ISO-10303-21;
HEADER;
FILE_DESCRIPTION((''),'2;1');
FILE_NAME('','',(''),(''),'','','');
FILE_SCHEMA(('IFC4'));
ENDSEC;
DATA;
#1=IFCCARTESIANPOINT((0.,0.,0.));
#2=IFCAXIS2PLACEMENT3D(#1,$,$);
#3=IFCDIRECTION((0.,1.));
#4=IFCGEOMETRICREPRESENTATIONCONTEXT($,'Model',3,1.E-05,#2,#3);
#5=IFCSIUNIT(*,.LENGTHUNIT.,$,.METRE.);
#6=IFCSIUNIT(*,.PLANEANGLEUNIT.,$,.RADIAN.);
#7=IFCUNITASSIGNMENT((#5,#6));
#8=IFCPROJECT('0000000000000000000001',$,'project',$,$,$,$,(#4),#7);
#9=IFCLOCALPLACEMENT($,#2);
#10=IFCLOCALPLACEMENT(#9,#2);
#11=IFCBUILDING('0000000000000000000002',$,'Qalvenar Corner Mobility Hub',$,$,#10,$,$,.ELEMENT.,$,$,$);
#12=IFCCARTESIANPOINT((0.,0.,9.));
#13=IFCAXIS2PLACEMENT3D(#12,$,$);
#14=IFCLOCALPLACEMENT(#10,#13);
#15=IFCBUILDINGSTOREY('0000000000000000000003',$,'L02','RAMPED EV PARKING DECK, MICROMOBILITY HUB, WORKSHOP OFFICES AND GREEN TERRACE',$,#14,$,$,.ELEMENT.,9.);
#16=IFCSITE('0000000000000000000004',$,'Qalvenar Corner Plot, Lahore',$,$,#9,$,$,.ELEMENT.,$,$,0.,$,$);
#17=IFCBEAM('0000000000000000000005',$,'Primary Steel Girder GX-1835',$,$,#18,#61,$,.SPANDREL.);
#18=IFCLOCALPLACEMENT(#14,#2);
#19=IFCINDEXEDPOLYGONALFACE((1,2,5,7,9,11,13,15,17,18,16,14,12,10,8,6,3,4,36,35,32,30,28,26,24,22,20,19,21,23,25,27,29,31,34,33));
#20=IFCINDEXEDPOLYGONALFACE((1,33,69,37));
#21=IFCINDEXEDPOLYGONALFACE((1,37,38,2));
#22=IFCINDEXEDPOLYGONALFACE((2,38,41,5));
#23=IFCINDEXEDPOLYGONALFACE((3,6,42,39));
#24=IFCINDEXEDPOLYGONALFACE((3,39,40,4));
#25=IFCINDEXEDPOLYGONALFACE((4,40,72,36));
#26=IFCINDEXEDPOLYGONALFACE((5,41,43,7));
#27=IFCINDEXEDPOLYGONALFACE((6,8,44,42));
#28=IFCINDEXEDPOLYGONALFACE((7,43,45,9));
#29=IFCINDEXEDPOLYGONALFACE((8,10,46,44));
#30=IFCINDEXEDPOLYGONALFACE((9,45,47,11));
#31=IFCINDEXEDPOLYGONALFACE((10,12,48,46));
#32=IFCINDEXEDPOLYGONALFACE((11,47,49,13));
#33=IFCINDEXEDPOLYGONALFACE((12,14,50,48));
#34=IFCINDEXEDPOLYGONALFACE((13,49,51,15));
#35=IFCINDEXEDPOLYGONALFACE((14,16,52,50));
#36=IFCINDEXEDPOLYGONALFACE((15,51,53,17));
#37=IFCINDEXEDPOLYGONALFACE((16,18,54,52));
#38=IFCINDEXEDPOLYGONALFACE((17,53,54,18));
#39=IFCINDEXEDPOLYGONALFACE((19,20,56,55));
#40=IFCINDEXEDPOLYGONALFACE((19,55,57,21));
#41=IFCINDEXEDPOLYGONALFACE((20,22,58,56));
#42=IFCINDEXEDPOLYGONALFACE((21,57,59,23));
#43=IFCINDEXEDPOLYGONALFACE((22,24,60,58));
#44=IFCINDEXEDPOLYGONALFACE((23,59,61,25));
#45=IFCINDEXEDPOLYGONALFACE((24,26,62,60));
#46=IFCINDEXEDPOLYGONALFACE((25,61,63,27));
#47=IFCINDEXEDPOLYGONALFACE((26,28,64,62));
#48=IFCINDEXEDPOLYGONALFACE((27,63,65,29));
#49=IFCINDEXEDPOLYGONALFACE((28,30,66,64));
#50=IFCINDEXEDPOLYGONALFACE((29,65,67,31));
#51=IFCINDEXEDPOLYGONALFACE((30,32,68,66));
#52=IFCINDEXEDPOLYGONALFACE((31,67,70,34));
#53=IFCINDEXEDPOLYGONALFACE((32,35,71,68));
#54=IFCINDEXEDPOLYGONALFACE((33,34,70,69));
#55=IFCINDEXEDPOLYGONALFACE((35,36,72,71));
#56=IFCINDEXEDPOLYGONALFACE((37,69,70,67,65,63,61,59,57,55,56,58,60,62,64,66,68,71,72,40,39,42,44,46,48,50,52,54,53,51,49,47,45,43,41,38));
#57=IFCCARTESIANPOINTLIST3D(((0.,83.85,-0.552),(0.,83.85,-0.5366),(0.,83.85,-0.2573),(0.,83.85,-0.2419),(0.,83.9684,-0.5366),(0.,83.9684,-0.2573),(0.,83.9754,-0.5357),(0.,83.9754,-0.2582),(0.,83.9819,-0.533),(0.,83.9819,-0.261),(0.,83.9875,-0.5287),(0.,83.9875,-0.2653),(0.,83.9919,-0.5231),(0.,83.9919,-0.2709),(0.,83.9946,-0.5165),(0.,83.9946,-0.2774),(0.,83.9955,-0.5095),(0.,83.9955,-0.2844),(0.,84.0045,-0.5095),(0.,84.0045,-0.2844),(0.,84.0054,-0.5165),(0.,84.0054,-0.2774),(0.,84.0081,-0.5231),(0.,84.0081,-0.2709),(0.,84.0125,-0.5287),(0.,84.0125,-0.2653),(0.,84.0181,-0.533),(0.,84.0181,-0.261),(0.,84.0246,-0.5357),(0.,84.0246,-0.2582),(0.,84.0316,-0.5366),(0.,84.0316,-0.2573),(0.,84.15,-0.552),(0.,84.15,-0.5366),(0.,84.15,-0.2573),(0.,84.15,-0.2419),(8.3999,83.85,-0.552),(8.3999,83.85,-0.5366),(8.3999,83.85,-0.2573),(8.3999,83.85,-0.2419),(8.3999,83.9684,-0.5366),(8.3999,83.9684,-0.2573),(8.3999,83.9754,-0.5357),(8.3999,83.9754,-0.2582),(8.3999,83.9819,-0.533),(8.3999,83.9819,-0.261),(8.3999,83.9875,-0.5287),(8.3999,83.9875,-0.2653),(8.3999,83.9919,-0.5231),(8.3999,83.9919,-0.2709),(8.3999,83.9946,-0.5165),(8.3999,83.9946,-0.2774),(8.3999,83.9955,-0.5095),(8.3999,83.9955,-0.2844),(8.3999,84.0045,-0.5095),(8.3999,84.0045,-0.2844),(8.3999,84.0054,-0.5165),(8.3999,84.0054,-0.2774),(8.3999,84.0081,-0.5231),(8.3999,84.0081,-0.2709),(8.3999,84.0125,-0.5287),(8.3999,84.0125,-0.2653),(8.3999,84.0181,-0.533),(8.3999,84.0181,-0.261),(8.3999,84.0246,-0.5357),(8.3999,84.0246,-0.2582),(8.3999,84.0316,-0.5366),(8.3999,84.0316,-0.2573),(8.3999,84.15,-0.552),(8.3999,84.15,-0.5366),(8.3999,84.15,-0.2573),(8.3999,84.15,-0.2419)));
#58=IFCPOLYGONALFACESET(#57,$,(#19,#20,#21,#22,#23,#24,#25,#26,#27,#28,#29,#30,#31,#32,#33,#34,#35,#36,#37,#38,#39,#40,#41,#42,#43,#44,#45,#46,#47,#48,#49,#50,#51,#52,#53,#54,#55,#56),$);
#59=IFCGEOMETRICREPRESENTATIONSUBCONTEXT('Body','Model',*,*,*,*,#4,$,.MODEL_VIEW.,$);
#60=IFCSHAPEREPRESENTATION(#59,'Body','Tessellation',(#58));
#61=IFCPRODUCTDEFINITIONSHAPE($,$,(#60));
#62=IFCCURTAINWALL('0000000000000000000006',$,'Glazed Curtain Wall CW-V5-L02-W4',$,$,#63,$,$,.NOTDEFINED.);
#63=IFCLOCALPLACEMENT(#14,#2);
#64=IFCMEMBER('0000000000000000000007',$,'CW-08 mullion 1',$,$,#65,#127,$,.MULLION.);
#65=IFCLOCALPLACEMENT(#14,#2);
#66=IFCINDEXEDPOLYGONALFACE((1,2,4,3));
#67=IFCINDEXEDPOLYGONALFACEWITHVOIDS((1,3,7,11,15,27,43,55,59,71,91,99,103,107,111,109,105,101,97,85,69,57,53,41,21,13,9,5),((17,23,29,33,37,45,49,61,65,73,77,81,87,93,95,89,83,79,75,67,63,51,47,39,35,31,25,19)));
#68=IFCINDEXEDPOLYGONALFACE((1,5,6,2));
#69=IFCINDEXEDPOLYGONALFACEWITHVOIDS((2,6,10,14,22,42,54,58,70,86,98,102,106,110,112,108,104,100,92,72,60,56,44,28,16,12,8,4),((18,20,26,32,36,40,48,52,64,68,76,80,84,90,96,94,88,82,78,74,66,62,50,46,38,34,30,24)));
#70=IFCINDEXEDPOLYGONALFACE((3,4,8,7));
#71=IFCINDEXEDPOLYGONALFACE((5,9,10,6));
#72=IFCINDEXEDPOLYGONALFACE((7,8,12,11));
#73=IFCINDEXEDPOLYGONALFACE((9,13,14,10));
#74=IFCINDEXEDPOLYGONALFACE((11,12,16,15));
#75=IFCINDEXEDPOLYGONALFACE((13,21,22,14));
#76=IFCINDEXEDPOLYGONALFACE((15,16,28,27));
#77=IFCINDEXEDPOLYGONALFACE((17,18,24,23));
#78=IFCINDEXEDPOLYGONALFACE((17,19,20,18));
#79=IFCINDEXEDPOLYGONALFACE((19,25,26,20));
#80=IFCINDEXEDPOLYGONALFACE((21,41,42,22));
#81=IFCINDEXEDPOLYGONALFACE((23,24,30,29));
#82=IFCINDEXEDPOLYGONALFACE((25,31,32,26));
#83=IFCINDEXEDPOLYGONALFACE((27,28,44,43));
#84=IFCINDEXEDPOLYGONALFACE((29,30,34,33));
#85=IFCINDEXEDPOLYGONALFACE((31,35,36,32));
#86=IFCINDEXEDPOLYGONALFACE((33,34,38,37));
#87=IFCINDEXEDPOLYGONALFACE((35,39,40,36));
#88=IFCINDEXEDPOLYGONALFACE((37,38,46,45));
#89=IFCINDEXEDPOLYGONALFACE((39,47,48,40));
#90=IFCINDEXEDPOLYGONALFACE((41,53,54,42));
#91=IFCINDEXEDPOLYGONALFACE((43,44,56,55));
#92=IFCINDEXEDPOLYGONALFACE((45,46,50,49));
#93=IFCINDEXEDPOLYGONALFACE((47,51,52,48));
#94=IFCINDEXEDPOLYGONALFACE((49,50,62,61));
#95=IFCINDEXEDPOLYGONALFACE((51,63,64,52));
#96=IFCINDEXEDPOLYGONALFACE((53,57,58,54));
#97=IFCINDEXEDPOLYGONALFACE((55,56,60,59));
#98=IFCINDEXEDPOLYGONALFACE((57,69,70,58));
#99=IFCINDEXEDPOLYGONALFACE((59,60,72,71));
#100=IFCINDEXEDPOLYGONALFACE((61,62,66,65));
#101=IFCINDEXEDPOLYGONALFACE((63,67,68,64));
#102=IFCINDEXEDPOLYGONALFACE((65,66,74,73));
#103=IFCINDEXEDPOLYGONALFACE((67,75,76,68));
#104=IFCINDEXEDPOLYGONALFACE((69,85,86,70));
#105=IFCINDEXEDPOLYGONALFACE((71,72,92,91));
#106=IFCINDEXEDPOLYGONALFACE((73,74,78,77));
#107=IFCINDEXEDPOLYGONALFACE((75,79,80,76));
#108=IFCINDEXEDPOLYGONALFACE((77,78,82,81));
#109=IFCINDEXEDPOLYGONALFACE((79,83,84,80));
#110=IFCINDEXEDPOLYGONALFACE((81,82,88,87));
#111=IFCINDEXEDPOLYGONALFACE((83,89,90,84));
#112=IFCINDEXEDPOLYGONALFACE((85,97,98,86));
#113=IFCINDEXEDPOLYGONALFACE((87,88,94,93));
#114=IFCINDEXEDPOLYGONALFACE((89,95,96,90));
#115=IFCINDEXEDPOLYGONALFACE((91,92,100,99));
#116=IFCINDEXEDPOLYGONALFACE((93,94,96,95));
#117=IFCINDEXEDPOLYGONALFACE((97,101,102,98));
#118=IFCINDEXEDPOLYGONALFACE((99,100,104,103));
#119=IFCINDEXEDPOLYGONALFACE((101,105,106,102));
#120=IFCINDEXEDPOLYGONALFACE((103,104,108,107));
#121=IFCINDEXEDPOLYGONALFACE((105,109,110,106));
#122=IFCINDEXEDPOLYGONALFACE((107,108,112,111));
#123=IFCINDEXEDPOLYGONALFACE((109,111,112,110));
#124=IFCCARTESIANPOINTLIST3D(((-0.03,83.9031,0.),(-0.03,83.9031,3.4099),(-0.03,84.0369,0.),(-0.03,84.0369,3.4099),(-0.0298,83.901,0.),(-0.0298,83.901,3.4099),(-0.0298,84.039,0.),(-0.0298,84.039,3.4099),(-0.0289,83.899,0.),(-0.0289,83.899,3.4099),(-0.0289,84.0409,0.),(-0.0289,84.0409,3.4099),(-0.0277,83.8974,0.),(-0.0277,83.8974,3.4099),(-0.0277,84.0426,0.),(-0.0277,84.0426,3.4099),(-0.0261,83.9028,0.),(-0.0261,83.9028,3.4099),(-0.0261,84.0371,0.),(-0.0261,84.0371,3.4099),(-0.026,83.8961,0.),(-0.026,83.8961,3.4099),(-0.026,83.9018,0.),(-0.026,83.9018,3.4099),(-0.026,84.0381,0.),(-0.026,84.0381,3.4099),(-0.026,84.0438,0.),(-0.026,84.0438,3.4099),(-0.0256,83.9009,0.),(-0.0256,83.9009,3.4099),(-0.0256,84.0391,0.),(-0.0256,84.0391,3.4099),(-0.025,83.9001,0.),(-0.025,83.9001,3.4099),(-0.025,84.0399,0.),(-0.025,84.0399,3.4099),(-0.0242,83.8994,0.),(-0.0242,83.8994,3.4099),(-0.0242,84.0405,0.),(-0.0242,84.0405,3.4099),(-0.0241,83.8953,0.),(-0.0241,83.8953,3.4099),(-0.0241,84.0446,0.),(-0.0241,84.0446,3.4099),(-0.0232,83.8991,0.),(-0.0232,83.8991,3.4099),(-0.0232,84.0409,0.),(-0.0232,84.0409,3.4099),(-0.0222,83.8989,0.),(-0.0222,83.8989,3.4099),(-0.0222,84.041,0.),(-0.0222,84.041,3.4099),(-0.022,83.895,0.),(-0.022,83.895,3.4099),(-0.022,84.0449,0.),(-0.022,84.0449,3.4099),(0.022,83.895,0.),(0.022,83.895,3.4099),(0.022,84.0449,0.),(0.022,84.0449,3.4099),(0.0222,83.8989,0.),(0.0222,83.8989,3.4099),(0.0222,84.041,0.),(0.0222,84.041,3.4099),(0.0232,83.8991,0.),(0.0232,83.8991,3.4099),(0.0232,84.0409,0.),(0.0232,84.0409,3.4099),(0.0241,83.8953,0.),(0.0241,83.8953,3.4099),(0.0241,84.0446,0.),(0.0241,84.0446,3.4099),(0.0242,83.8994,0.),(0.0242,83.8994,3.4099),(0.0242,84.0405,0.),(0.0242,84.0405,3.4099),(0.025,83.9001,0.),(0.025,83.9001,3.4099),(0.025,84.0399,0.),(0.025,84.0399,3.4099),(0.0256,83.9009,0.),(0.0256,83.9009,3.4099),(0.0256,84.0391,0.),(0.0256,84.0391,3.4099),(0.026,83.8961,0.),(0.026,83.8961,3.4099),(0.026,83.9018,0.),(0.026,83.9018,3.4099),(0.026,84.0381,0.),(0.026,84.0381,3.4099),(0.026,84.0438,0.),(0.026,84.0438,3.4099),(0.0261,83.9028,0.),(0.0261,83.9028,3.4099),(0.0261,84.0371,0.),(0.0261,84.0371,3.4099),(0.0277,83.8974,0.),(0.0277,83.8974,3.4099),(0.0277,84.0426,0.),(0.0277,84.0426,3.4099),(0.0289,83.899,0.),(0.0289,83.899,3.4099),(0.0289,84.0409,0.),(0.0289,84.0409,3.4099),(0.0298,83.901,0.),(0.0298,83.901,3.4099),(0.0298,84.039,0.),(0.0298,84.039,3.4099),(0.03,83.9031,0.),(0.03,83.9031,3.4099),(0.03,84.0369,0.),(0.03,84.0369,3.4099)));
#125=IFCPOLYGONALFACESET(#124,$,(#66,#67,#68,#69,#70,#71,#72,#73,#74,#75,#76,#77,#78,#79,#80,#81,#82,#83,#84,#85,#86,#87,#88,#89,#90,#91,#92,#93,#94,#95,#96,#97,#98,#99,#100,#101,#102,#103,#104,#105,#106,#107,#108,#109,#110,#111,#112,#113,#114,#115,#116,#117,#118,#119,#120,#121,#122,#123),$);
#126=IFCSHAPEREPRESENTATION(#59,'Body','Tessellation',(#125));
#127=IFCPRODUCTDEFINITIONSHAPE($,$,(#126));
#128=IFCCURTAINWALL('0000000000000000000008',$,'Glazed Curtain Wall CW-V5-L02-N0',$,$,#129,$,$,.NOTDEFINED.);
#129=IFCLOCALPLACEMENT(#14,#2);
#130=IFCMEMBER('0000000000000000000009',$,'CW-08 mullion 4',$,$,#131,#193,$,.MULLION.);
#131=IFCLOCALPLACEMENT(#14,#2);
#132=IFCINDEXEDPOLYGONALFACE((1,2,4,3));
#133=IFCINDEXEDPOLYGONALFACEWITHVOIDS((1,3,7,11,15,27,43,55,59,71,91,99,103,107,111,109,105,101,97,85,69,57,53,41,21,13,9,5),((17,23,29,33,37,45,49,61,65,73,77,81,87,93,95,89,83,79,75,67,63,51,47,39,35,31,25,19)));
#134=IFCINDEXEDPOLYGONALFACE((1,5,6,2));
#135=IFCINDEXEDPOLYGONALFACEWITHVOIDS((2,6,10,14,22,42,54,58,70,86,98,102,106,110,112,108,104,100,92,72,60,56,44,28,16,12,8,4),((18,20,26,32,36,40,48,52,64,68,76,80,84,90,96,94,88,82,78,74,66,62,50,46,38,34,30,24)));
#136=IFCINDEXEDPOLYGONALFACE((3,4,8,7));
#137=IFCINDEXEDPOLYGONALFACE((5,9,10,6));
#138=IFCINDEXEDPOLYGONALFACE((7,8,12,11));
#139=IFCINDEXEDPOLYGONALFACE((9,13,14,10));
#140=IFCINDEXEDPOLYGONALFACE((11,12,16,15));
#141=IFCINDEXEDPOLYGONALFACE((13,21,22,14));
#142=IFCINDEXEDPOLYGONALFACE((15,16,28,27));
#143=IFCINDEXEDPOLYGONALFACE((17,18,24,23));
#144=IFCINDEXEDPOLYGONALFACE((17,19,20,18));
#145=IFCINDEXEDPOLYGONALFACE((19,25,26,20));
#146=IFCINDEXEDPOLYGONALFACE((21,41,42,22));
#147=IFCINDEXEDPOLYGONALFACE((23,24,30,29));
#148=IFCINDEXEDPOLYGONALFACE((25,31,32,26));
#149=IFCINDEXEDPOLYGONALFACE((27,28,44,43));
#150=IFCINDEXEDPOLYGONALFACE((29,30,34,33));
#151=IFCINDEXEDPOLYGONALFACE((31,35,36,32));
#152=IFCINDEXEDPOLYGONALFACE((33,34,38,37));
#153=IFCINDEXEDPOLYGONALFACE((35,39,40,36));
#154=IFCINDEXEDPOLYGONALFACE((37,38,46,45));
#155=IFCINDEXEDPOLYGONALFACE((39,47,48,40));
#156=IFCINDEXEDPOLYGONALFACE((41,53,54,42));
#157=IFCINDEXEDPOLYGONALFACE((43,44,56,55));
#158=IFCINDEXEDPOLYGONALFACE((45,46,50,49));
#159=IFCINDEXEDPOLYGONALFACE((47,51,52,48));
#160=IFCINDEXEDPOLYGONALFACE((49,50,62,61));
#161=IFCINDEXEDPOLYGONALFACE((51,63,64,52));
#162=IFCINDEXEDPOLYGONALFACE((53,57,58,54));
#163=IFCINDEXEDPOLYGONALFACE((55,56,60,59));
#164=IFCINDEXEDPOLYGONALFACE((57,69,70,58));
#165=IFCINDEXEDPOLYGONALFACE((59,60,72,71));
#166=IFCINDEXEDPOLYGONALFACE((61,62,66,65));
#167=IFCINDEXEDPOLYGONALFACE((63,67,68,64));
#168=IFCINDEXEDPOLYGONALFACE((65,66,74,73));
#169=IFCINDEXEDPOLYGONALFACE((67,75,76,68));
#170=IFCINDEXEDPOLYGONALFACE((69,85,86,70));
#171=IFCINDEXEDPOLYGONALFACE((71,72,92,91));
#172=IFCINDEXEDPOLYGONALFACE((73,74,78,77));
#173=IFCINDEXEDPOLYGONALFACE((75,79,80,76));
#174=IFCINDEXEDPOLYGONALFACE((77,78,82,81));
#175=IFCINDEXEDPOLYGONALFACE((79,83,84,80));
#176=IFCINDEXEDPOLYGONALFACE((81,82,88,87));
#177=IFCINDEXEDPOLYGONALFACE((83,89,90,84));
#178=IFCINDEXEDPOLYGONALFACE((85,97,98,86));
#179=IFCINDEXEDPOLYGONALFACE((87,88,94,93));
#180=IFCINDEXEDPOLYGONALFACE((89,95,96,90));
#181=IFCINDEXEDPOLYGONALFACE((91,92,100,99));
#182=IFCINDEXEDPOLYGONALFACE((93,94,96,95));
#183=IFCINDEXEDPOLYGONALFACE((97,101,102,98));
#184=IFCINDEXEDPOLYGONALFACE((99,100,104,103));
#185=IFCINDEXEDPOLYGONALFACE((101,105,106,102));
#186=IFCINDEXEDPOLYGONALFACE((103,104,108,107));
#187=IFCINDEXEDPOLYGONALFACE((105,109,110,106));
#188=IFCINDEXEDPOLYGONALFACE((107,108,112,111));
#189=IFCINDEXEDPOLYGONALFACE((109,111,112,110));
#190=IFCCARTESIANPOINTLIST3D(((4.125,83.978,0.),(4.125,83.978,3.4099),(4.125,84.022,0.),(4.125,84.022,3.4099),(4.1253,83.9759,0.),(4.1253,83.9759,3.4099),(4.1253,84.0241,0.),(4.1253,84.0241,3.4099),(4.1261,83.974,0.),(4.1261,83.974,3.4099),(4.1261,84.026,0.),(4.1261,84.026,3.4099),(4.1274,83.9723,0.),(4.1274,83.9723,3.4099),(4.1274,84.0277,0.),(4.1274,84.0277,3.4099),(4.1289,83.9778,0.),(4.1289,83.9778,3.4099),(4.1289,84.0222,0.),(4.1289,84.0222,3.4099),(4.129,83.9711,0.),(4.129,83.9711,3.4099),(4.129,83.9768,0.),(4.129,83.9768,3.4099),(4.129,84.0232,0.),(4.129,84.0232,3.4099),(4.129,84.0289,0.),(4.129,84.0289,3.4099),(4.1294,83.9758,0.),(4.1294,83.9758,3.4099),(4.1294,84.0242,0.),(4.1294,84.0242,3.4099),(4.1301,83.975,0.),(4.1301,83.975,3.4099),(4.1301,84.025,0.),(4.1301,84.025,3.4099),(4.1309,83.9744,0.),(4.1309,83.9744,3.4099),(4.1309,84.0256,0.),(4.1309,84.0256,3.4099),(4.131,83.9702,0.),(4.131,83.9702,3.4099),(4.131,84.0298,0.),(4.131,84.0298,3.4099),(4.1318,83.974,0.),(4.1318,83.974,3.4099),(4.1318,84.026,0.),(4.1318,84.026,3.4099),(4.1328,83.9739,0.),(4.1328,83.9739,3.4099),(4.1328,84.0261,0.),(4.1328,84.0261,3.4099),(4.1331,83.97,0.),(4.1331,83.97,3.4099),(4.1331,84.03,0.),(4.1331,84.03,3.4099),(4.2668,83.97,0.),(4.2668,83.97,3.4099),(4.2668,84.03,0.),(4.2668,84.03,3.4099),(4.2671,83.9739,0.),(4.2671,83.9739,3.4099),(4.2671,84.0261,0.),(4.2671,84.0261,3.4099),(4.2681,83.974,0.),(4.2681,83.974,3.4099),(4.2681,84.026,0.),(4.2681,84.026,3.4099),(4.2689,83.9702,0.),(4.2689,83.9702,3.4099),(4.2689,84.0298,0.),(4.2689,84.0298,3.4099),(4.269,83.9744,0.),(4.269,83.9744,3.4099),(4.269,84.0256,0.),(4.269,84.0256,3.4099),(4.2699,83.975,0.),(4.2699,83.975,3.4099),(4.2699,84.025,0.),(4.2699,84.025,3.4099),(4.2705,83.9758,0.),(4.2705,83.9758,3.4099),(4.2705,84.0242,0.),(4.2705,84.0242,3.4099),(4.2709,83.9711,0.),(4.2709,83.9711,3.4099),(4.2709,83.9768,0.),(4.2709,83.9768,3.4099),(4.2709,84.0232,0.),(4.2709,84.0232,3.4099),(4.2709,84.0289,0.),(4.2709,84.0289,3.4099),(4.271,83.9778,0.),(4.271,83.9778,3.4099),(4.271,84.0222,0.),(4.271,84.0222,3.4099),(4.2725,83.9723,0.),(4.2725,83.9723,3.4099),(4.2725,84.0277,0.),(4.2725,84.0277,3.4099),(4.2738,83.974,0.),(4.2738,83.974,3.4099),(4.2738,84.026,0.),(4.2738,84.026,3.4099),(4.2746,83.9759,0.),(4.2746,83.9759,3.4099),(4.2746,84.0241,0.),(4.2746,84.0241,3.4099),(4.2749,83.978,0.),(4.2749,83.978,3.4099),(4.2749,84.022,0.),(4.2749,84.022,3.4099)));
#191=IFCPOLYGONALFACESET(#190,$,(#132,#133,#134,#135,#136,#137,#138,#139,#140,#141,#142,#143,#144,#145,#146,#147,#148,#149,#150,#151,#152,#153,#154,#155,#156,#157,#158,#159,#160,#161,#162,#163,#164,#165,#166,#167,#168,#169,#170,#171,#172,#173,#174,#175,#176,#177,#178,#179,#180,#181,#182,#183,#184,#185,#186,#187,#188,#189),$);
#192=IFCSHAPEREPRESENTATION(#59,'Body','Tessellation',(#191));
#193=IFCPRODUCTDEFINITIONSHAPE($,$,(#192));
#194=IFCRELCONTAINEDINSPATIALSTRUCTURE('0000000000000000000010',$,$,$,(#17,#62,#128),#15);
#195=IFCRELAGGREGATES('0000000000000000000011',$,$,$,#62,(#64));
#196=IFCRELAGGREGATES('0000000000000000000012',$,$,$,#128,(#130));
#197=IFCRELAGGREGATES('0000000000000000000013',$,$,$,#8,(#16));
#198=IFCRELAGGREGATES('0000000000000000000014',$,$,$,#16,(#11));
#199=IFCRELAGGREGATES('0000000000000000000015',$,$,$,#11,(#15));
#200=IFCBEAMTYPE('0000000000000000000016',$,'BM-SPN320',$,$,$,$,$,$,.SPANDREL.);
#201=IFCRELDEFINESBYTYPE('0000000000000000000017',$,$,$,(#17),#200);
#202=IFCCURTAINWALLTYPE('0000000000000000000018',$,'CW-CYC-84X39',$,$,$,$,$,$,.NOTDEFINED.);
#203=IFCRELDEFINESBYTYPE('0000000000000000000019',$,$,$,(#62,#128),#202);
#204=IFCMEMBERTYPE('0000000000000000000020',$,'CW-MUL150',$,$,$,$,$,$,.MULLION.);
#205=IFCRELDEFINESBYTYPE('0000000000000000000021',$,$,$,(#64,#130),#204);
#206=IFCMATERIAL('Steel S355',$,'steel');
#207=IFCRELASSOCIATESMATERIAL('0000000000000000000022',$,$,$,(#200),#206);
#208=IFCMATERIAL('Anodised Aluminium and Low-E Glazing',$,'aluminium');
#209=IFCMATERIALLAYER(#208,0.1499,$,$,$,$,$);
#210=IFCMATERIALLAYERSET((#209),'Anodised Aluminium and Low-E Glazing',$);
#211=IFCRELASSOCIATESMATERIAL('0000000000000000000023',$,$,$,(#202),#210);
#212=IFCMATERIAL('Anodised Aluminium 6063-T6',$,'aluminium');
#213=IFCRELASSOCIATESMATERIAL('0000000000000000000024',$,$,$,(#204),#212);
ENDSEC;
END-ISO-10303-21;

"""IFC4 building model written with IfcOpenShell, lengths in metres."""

from ifc_helpers import new_model, si_unit, direction, frame, origin, origin_2d, place, context, subcontext, project, spatial, hollow_rectangle, i_section, extrude, material, layer, layer_set, material_profile, profile_set, type_object, element, aggregate, save


model = new_model("IFC4")

# Units and contexts
model_context = context("Model", 3, precision=1e-05, world=origin(), true_north=direction((0.0, 1.0)))
body_context = subcontext(model_context, "Body", "Model", "MODEL_VIEW")
ifc_project = project(units=[si_unit("LENGTHUNIT", "METRE"), si_unit("PLANEANGLEUNIT", "RADIAN")], contexts=[model_context])

# Site, building, storey
site_placement = place(None, origin())
site = spatial("IfcSite", under=ifc_project, at=site_placement, Name="Qalvenar Corner Plot, Lahore", CompositionType="ELEMENT", RefElevation=0.0)
building_placement = place(site_placement, origin())
building = spatial("IfcBuilding", under=site, at=building_placement, Name="Qalvenar Corner Mobility Hub", CompositionType="ELEMENT")
storey_placement = place(building_placement, frame((0.0, 0.0, 9.0)))
storey = spatial("IfcBuildingStorey", under=building, at=storey_placement, Name="L02", Description="RAMPED EV PARKING DECK, MICROMOBILITY HUB, WORKSHOP OFFICES AND GREEN TERRACE", CompositionType="ELEMENT", Elevation=9.0)

# Shared definitions
ifc_material_1 = material(Name="Steel S355", Category="steel")

# Beam
ifc_material_profile_1 = material_profile(ifc_material_1, i_section(OverallWidth=0.3, OverallDepth=0.3101, WebThickness=0.009, FlangeThickness=0.0154, FilletRadius=0.0271, at=origin_2d()), Name="HEA320")
ifc_profile_set_1 = profile_set([ifc_material_profile_1], Name="Steel S355")
beam_type_1 = type_object("IfcBeamType", Name="BM-SPN320", PredefinedType="SPANDREL", material=ifc_profile_set_1)
beam_1_placement = place(storey_placement, frame((0.0, 84.0, -0.397), z_axis=(1.0, 0.0, 0.0), x_axis=(0.0, 1.0, 0.0)))
element("IfcBeam", 1, at=beam_1_placement, inside=storey, type_object=beam_type_1, Name="Primary Steel Girder GX-1835", PredefinedType="SPANDREL", context=body_context, shape_type="SweptSolid", body=[
    extrude(i_section(OverallWidth=0.3, OverallDepth=0.3101, WebThickness=0.009, FlangeThickness=0.0154, FilletRadius=0.0271, at=origin_2d()), origin(), (0.0, 0.0, 1.0), 8.3999),
])

# Curtain wall, member
ifc_material_2 = material(Name="Anodised Aluminium and Low-E Glazing", Category="aluminium")
ifc_layer_1 = layer(ifc_material_2, 0.1499)
ifc_layer_set_1 = layer_set([ifc_layer_1], Name="Anodised Aluminium and Low-E Glazing")
curtain_wall_type = type_object("IfcCurtainWallType", Name="CW-CYC-84X39", PredefinedType="NOTDEFINED", material=ifc_layer_set_1)
curtain_wall_1_placement = place(storey_placement, origin())
curtain_wall_1 = element("IfcCurtainWall", 2, at=curtain_wall_1_placement, inside=storey, type_object=curtain_wall_type, Name="Glazed Curtain Wall CW-V5-L02-W4", PredefinedType="NOTDEFINED")
ifc_material_3 = material(Name="Anodised Aluminium 6063-T6", Category="aluminium")
ifc_material_profile_2 = material_profile(ifc_material_3, hollow_rectangle(XDim=0.0601, YDim=0.1499, WallThickness=0.0039, InnerFilletRadius=0.0039, OuterFilletRadius=0.0081, at=origin_2d()), Name="RHS150x60x4")
ifc_profile_set_2 = profile_set([ifc_material_profile_2], Name="Anodised Aluminium 6063-T6")
member_type_1 = type_object("IfcMemberType", Name="CW-MUL150", PredefinedType="MULLION", material=ifc_profile_set_2)
member_1_placement = place(storey_placement, frame((0.0, 83.97, 0.0), z_axis=(0.0, 0.0, 1.0), x_axis=(1.0, 0.0, 0.0)))
member_1 = element("IfcMember", 3, at=member_1_placement, type_object=member_type_1, Name="CW-08 mullion 1", PredefinedType="MULLION", context=body_context, shape_type="SweptSolid", body=[
    extrude(hollow_rectangle(XDim=0.0601, YDim=0.1499, WallThickness=0.0039, InnerFilletRadius=0.0039, OuterFilletRadius=0.0081, at=origin_2d()), origin(), (0.0, 0.0, 1.0), 3.4099),
])

# Curtain wall, member
curtain_wall_2_placement = place(storey_placement, origin())
curtain_wall_2 = element("IfcCurtainWall", 4, at=curtain_wall_2_placement, inside=storey, type_object=curtain_wall_type, Name="Glazed Curtain Wall CW-V5-L02-N0", PredefinedType="NOTDEFINED")
member_2_placement = place(storey_placement, frame((4.2, 84.0, 0.0), z_axis=(0.0, 0.0, 1.0), x_axis=(0.0, -1.0, 0.0)))
member_2 = element("IfcMember", 5, at=member_2_placement, type_object=member_type_1, Name="CW-08 mullion 4", PredefinedType="MULLION", context=body_context, shape_type="SweptSolid", body=[
    extrude(hollow_rectangle(XDim=0.0601, YDim=0.1499, WallThickness=0.0039, InnerFilletRadius=0.0039, OuterFilletRadius=0.0081, at=origin_2d()), origin(), (0.0, 0.0, 1.0), 3.4099),
])

aggregate(curtain_wall_1, [member_1])
aggregate(curtain_wall_2, [member_2])

save(model, "model.ifc")
